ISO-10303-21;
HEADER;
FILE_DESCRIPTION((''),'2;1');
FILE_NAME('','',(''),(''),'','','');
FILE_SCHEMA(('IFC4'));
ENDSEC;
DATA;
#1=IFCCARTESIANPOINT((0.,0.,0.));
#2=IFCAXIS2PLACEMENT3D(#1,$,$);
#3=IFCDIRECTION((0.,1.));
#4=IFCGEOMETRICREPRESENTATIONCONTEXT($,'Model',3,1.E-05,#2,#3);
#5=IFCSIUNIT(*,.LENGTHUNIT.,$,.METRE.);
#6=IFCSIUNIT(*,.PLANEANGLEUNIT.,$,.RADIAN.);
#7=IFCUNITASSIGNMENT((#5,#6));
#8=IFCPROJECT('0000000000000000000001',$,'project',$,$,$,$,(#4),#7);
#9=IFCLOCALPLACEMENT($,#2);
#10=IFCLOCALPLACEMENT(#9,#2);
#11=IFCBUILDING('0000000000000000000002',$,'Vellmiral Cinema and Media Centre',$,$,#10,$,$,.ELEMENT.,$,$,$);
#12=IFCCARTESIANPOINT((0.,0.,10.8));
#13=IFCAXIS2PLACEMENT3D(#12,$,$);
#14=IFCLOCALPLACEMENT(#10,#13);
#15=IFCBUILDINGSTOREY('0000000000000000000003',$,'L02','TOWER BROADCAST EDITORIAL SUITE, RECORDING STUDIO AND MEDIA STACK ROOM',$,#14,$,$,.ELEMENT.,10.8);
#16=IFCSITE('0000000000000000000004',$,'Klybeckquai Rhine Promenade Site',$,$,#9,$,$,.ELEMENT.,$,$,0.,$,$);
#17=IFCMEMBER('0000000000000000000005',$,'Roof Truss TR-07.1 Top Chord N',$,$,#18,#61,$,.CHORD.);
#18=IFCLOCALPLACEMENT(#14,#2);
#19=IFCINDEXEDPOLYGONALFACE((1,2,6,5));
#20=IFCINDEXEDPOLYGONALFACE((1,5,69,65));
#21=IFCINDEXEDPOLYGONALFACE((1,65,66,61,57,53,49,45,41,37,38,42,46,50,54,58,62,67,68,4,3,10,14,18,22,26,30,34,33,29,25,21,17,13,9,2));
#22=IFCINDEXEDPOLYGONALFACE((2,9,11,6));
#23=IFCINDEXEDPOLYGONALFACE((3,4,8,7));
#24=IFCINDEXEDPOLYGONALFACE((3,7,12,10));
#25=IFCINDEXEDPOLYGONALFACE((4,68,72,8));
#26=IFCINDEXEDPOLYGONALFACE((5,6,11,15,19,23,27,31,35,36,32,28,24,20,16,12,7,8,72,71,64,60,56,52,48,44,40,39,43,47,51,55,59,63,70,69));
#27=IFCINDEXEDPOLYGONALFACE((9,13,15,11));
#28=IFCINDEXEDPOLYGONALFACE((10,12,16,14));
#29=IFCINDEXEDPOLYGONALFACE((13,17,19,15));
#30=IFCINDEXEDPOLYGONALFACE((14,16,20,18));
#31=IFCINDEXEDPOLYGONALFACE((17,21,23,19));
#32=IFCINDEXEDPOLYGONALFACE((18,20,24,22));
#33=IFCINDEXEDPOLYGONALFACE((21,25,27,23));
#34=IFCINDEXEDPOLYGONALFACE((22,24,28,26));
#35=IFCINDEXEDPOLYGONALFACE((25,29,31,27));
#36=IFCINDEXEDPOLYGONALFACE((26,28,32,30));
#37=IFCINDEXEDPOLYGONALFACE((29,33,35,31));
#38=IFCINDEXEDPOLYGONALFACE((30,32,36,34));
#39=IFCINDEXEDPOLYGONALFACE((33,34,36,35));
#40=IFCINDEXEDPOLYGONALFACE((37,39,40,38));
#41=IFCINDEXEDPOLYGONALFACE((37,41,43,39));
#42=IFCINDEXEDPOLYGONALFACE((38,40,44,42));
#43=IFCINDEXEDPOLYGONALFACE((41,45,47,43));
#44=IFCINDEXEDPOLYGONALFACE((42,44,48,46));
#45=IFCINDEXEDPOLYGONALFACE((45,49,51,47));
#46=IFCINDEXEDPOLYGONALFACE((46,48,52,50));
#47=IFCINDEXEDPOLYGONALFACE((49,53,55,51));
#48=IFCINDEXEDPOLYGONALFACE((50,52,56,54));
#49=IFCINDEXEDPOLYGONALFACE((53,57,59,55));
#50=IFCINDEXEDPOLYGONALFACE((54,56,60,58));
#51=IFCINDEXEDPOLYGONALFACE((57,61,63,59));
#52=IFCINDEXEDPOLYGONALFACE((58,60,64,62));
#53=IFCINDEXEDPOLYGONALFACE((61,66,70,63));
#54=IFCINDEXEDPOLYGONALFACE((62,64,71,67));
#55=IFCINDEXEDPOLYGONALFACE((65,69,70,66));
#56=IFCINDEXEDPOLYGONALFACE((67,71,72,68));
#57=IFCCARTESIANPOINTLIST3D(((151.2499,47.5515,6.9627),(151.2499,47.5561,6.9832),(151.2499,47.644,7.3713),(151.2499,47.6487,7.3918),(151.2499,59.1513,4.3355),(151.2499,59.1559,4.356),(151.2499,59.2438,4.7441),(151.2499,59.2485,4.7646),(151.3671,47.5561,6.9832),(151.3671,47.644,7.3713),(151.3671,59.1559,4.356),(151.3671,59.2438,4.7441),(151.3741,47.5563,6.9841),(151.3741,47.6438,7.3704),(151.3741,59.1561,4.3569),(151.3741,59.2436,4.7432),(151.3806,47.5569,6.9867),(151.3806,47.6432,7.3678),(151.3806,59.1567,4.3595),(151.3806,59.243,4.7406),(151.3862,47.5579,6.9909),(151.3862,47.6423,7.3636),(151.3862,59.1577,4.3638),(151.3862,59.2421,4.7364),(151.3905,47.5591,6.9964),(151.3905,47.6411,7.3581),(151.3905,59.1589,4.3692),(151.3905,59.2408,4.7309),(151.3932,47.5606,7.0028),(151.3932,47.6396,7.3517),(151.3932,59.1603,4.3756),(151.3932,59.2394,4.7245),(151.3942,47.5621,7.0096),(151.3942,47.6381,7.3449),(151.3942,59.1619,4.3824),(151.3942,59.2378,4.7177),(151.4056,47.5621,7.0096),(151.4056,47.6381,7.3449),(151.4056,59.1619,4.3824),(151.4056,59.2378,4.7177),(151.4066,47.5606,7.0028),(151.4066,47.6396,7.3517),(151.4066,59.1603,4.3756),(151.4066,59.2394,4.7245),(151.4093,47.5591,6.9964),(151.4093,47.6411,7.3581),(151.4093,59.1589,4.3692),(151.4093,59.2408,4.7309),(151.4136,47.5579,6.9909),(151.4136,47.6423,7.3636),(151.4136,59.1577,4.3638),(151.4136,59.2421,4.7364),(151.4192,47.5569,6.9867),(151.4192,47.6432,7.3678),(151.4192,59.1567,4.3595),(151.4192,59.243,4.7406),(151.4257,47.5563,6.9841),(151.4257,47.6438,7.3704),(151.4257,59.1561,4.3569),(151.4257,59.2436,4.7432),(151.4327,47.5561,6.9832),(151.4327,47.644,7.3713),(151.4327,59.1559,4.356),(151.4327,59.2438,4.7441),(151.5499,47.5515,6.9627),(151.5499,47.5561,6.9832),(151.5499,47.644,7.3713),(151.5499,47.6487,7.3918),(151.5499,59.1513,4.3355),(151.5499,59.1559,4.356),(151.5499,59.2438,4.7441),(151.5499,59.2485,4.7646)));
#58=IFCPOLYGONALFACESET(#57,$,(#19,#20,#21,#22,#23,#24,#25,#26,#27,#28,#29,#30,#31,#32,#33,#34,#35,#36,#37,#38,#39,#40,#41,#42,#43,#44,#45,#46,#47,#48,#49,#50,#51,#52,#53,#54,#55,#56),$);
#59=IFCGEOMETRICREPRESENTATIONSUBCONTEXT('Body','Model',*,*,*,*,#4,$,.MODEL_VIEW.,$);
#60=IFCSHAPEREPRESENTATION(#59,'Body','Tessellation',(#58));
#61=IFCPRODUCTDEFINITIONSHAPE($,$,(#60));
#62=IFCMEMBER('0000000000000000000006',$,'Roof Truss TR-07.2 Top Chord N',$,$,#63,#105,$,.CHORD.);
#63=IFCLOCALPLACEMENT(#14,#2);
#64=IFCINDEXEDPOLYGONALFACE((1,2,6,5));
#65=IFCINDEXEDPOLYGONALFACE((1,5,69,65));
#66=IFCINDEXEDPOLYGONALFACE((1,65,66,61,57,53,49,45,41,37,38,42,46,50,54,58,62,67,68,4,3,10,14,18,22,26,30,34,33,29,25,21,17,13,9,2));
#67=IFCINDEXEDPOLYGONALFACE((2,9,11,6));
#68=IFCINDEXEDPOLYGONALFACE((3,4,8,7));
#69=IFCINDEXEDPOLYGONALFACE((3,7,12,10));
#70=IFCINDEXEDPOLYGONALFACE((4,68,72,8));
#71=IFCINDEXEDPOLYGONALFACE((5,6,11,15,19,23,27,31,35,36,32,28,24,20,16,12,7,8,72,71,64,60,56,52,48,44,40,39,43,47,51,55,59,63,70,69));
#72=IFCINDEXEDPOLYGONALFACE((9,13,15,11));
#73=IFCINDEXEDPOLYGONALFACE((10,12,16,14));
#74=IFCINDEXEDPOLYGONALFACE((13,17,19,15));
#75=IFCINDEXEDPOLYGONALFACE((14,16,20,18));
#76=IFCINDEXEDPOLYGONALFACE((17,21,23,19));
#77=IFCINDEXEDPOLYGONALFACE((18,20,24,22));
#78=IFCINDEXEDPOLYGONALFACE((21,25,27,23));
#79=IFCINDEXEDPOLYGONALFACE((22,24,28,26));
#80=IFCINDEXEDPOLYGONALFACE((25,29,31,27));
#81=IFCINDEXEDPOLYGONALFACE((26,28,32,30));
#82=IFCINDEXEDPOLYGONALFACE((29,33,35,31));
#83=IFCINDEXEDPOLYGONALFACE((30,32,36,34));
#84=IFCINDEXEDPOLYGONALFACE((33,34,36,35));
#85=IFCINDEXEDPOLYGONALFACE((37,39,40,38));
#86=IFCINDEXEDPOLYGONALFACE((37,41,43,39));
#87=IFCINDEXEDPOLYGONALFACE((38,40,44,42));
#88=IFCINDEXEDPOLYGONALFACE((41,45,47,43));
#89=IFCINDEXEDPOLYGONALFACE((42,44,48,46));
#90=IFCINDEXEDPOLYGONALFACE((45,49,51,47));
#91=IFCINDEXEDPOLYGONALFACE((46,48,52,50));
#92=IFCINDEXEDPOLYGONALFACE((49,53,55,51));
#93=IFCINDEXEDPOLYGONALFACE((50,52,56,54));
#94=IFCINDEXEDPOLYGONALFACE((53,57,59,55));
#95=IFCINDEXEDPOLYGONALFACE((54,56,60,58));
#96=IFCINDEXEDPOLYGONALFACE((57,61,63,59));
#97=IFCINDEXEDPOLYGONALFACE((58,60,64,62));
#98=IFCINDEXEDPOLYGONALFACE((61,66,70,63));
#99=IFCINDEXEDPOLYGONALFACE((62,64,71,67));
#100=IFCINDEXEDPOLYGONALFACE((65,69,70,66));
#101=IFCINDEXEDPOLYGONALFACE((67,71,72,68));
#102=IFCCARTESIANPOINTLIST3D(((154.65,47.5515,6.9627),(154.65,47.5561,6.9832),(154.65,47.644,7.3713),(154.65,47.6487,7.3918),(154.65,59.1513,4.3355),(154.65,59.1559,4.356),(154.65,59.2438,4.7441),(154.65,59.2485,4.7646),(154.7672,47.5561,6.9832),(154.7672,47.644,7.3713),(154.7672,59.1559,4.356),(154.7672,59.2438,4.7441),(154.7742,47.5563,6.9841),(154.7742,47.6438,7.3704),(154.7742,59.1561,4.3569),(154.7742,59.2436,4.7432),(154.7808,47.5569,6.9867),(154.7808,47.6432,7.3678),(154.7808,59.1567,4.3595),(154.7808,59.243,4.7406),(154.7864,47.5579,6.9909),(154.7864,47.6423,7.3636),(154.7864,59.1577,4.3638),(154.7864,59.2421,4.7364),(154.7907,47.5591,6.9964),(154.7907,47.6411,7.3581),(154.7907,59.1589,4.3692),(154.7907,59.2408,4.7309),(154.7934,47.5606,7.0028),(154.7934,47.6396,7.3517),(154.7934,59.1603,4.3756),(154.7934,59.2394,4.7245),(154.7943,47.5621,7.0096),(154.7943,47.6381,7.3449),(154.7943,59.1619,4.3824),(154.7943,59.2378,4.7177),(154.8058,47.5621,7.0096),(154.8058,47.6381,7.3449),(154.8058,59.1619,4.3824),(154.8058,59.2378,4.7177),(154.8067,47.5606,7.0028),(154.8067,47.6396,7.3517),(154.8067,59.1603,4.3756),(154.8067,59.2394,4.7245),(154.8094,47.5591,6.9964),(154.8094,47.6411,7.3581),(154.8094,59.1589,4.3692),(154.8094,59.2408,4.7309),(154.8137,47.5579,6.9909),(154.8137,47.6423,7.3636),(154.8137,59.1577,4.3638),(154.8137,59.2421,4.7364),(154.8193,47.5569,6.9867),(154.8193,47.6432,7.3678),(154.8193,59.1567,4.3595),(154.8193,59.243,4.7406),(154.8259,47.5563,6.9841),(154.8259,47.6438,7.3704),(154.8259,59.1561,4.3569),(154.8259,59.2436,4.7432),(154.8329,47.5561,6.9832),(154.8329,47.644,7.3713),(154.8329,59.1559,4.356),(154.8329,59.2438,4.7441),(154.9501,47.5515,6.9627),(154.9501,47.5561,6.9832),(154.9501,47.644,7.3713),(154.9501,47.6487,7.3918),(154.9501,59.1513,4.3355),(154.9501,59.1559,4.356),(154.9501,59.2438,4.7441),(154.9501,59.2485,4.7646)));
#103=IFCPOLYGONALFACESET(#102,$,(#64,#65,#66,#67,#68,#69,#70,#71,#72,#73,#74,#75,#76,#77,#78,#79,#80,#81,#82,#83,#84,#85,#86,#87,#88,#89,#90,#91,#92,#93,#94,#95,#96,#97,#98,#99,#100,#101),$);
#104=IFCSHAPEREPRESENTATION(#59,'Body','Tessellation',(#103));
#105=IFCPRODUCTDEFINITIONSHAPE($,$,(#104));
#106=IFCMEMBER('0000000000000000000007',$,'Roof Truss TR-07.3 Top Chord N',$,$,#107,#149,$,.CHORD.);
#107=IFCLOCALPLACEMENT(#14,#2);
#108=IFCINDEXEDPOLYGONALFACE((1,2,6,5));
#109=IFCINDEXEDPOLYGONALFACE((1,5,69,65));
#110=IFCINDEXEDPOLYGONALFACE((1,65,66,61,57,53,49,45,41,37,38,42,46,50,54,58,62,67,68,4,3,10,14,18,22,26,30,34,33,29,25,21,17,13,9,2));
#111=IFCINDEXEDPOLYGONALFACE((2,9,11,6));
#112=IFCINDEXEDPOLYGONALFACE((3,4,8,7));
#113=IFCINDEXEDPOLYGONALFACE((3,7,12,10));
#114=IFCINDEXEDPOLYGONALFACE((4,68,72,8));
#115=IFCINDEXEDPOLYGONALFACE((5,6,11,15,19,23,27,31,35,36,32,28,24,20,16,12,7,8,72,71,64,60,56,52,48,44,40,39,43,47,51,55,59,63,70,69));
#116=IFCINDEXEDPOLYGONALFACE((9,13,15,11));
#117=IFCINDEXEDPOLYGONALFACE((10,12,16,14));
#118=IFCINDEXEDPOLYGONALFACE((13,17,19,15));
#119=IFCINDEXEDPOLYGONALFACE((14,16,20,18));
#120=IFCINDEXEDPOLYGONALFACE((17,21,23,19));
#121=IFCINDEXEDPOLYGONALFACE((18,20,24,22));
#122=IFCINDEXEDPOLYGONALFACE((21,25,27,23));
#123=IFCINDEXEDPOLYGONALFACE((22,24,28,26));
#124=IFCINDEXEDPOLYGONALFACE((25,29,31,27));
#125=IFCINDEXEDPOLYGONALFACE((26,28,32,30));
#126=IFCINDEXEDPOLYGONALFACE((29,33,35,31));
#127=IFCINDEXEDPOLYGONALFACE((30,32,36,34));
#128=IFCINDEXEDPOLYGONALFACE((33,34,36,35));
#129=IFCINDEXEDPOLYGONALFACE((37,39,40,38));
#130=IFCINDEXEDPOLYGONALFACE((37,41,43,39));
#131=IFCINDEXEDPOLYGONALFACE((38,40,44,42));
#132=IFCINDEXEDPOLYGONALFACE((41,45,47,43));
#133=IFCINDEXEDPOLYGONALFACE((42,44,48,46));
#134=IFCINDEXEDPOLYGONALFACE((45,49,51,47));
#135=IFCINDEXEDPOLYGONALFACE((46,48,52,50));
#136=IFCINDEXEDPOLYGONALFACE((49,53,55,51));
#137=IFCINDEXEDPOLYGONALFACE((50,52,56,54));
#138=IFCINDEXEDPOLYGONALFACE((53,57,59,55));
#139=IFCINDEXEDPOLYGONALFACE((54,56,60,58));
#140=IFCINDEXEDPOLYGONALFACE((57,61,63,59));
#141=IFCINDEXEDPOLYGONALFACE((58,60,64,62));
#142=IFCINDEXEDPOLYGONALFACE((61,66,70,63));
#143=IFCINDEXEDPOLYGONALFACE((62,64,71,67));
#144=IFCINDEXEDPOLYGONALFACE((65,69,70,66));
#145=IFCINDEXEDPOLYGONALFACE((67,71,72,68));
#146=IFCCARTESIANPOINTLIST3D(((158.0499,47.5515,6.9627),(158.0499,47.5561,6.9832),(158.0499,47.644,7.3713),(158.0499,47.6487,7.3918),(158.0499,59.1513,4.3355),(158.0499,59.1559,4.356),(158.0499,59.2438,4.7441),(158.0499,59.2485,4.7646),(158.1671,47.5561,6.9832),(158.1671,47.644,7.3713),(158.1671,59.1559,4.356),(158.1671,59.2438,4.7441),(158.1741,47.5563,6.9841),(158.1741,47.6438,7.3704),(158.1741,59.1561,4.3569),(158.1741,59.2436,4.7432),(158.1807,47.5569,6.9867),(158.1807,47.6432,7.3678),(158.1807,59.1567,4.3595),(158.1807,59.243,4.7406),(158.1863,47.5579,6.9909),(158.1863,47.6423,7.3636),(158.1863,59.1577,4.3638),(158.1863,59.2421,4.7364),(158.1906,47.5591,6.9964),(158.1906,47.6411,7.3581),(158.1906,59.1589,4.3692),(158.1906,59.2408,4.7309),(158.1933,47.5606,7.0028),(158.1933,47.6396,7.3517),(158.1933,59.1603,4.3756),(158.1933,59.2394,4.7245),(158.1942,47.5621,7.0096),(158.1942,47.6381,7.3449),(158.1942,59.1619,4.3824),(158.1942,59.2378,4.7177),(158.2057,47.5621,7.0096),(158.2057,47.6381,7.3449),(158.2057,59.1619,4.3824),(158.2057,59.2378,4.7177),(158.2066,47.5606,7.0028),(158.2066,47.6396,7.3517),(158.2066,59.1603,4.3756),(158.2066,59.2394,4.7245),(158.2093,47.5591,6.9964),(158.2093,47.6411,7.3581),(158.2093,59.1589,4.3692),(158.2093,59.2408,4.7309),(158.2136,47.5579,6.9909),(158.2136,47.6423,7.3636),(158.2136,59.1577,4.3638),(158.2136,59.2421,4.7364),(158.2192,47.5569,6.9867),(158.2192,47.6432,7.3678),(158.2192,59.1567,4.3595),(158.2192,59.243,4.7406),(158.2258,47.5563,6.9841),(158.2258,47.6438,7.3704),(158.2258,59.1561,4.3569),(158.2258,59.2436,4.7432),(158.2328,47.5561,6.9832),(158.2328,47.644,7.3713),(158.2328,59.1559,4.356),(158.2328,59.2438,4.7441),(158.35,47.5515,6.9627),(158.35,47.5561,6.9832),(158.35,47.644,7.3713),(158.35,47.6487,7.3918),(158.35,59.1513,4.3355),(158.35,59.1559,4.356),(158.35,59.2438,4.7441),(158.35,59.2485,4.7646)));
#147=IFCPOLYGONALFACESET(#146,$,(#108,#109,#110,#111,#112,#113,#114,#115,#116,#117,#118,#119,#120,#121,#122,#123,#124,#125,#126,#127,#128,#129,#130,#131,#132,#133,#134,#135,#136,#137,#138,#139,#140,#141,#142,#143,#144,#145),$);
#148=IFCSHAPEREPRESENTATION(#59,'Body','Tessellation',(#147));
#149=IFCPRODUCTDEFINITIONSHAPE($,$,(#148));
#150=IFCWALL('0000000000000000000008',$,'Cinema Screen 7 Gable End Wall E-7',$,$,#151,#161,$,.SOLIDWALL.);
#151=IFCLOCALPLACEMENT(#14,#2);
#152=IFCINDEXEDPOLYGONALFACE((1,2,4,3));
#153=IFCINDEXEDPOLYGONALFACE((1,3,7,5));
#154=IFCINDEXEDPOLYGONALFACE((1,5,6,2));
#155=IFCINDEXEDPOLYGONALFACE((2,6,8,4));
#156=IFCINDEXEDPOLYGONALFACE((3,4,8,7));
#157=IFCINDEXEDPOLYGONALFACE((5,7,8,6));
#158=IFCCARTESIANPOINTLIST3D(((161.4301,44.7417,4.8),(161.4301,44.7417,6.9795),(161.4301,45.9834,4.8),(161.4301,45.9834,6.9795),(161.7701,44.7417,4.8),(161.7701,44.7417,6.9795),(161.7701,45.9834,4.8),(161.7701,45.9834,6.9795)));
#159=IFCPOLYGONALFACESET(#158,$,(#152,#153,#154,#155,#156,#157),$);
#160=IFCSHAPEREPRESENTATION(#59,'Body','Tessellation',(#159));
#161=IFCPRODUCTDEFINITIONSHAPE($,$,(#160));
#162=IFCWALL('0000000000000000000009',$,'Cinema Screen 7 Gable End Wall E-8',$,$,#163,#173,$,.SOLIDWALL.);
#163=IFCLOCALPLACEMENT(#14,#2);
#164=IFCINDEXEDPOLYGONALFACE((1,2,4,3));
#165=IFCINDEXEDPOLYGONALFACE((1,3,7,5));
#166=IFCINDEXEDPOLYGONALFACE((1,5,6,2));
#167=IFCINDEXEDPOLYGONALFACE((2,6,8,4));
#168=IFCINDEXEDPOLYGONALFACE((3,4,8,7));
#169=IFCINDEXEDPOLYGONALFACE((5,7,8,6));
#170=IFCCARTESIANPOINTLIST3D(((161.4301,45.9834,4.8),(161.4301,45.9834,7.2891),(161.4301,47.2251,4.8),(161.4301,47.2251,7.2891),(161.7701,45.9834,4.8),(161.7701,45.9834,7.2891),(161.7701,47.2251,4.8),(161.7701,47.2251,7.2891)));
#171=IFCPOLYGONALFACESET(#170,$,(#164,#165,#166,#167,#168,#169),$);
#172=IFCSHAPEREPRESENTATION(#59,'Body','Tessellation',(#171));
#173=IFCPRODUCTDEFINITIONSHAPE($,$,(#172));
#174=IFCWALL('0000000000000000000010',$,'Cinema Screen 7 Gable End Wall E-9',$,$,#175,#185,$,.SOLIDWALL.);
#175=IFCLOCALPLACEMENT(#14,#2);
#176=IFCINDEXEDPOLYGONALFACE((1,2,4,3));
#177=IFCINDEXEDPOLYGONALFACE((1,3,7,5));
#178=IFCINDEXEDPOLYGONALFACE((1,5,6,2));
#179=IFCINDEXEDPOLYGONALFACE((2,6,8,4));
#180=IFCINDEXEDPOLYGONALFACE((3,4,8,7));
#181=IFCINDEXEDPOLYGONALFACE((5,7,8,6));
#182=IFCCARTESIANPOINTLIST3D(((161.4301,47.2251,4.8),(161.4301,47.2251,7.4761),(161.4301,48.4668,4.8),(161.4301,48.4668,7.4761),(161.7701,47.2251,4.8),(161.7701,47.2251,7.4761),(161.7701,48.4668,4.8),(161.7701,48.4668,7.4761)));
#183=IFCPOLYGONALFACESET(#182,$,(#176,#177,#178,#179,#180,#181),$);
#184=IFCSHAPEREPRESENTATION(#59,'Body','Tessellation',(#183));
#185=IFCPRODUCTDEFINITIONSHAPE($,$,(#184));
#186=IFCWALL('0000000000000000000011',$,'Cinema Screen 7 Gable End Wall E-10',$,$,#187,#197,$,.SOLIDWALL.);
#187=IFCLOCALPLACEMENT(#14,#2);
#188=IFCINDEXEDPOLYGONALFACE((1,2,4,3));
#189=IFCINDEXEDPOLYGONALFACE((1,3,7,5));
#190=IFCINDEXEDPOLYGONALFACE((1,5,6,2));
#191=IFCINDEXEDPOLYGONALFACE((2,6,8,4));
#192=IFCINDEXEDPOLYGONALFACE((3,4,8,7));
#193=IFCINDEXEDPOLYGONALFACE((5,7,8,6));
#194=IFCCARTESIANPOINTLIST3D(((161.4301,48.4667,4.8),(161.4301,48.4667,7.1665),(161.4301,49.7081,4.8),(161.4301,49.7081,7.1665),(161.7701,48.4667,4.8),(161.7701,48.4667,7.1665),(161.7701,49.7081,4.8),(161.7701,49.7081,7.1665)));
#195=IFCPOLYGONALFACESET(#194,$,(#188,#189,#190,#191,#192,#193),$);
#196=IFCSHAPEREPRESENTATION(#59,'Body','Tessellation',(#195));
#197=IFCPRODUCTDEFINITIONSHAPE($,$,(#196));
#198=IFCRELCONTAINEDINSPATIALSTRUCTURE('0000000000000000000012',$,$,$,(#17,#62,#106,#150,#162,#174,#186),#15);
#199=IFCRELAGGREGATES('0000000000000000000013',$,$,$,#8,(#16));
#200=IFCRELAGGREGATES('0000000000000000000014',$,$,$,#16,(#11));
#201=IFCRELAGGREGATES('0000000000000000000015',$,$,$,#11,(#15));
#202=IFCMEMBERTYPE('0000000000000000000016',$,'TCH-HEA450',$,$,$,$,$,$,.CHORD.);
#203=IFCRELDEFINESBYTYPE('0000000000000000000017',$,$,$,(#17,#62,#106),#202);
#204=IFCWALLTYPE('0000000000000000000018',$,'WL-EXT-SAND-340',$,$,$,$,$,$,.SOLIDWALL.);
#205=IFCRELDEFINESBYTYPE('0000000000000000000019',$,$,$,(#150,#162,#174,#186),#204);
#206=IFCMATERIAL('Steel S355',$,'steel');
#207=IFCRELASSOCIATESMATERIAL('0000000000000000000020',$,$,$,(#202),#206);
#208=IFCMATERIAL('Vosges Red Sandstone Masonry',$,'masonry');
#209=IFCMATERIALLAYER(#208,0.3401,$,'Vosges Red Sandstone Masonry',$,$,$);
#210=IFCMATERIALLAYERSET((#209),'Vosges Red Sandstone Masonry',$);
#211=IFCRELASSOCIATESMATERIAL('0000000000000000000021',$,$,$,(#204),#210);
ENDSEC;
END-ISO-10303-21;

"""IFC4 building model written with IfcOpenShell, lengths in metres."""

from ifc_helpers import new_model, si_unit, direction, frame, frame_2d, origin, origin_2d, place, context, subcontext, project, spatial, rectangle, i_section, extrude, material, layer, layer_set, material_profile, profile_set, type_object, element, save


model = new_model("IFC4")

# Units and contexts
model_context = context("Model", 3, precision=1e-05, world=origin(), true_north=direction((0.0, 1.0)))
body_context = subcontext(model_context, "Body", "Model", "MODEL_VIEW")
ifc_project = project(units=[si_unit("LENGTHUNIT", "METRE"), si_unit("PLANEANGLEUNIT", "RADIAN")], contexts=[model_context])

# Site, building, storey
site_placement = place(None, origin())
site = spatial("IfcSite", under=ifc_project, at=site_placement, Name="Klybeckquai Rhine Promenade Site", CompositionType="ELEMENT", RefElevation=0.0)
building_placement = place(site_placement, origin())
building = spatial("IfcBuilding", under=site, at=building_placement, Name="Vellmiral Cinema and Media Centre", CompositionType="ELEMENT")
storey_placement = place(building_placement, frame((0.0, 0.0, 10.8)))
storey = spatial("IfcBuildingStorey", under=building, at=storey_placement, Name="L02", Description="TOWER BROADCAST EDITORIAL SUITE, RECORDING STUDIO AND MEDIA STACK ROOM", CompositionType="ELEMENT", Elevation=10.8)

# Members
ifc_material_1 = material(Name="Steel S355", Category="steel")
ifc_material_profile_1 = material_profile(ifc_material_1, i_section(OverallWidth=0.3, OverallDepth=0.4399, WebThickness=0.0115, FlangeThickness=0.021, FilletRadius=0.0271, at=origin_2d()), Name="HEA 450")
ifc_profile_set_1 = profile_set([ifc_material_profile_1], Name="Steel S355")
member_type_1 = type_object("IfcMemberType", Name="TCH-HEA450", PredefinedType="CHORD", material=ifc_profile_set_1)
for number, where, z_axis, x_axis, name in (
    (1, (151.3999, 47.6001, 7.1772), (0.0, 0.975299, -0.220891), (-1.0, 0.0, 0.0), "Roof Truss TR-07.1 Top Chord N"),
    (2, (154.8, 47.6001, 7.1772), (0.0, 0.975299, -0.220891), (-1.0, 0.0, 0.0), "Roof Truss TR-07.2 Top Chord N"),
    (3, (158.2, 47.6001, 7.1772), (0.0, 0.975299, -0.220891), (-1.0, 0.0, 0.0), "Roof Truss TR-07.3 Top Chord N"),
):
    element("IfcMember", number, at=place(storey_placement, frame(where, z_axis=z_axis, x_axis=x_axis)), inside=storey, type_object=member_type_1, Name=name, PredefinedType="CHORD", context=body_context, shape_type="SweptSolid", body=[
        extrude(i_section(OverallWidth=0.3, OverallDepth=0.4399, WebThickness=0.0115, FlangeThickness=0.021, FilletRadius=0.0271, at=origin_2d()), origin(), (0.0, 0.0, 1.0), 11.8936),
    ])

# Walls
ifc_material_2 = material(Name="Vosges Red Sandstone Masonry", Category="masonry")
ifc_layer_1 = layer(ifc_material_2, 0.3401, Name="Vosges Red Sandstone Masonry")
ifc_layer_set_1 = layer_set([ifc_layer_1], Name="Vosges Red Sandstone Masonry")
wall_type_1 = type_object("IfcWallType", Name="WL-EXT-SAND-340", PredefinedType="SOLIDWALL", material=ifc_layer_set_1)
wall_1_placement = place(storey_placement, frame((161.6001, 44.7417, 4.8), z_axis=(0.0, 0.0, 1.0), x_axis=(0.0, 1.0, 0.0)))
element("IfcWall", 4, at=wall_1_placement, inside=storey, type_object=wall_type_1, Name="Cinema Screen 7 Gable End Wall E-7", PredefinedType="SOLIDWALL", context=body_context, shape_type="SweptSolid", body=[
    extrude(rectangle(XDim=1.2417, YDim=0.3401, at=frame_2d((0.6208, 0.0))), origin(), (0.0, 0.0, 1.0), 2.1794),
])
wall_2_placement = place(storey_placement, frame((161.6001, 45.9834, 4.8), z_axis=(0.0, 0.0, 1.0), x_axis=(0.0, 1.0, 0.0)))
element("IfcWall", 5, at=wall_2_placement, inside=storey, type_object=wall_type_1, Name="Cinema Screen 7 Gable End Wall E-8", PredefinedType="SOLIDWALL", context=body_context, shape_type="SweptSolid", body=[
    extrude(rectangle(XDim=1.2417, YDim=0.3401, at=frame_2d((0.6208, 0.0))), origin(), (0.0, 0.0, 1.0), 2.489),
])
wall_3_placement = place(storey_placement, frame((161.6001, 47.2251, 4.8), z_axis=(0.0, 0.0, 1.0), x_axis=(0.0, 1.0, 0.0)))
element("IfcWall", 6, at=wall_3_placement, inside=storey, type_object=wall_type_1, Name="Cinema Screen 7 Gable End Wall E-9", PredefinedType="SOLIDWALL", context=body_context, shape_type="SweptSolid", body=[
    extrude(rectangle(XDim=1.2417, YDim=0.3401, at=frame_2d((0.6208, 0.0))), origin(), (0.0, 0.0, 1.0), 2.676),
])
wall_4_placement = place(storey_placement, frame((161.6001, 48.4668, 4.8), z_axis=(0.0, 0.0, 1.0), x_axis=(0.0, 1.0, 0.0)))
element("IfcWall", 7, at=wall_4_placement, inside=storey, type_object=wall_type_1, Name="Cinema Screen 7 Gable End Wall E-10", PredefinedType="SOLIDWALL", context=body_context, shape_type="SweptSolid", body=[
    extrude(rectangle(XDim=1.2415, YDim=0.3401, at=frame_2d((0.6206, 0.0))), origin(), (0.0, 0.0, 1.0), 2.3665),
])

save(model, "model.ifc")
